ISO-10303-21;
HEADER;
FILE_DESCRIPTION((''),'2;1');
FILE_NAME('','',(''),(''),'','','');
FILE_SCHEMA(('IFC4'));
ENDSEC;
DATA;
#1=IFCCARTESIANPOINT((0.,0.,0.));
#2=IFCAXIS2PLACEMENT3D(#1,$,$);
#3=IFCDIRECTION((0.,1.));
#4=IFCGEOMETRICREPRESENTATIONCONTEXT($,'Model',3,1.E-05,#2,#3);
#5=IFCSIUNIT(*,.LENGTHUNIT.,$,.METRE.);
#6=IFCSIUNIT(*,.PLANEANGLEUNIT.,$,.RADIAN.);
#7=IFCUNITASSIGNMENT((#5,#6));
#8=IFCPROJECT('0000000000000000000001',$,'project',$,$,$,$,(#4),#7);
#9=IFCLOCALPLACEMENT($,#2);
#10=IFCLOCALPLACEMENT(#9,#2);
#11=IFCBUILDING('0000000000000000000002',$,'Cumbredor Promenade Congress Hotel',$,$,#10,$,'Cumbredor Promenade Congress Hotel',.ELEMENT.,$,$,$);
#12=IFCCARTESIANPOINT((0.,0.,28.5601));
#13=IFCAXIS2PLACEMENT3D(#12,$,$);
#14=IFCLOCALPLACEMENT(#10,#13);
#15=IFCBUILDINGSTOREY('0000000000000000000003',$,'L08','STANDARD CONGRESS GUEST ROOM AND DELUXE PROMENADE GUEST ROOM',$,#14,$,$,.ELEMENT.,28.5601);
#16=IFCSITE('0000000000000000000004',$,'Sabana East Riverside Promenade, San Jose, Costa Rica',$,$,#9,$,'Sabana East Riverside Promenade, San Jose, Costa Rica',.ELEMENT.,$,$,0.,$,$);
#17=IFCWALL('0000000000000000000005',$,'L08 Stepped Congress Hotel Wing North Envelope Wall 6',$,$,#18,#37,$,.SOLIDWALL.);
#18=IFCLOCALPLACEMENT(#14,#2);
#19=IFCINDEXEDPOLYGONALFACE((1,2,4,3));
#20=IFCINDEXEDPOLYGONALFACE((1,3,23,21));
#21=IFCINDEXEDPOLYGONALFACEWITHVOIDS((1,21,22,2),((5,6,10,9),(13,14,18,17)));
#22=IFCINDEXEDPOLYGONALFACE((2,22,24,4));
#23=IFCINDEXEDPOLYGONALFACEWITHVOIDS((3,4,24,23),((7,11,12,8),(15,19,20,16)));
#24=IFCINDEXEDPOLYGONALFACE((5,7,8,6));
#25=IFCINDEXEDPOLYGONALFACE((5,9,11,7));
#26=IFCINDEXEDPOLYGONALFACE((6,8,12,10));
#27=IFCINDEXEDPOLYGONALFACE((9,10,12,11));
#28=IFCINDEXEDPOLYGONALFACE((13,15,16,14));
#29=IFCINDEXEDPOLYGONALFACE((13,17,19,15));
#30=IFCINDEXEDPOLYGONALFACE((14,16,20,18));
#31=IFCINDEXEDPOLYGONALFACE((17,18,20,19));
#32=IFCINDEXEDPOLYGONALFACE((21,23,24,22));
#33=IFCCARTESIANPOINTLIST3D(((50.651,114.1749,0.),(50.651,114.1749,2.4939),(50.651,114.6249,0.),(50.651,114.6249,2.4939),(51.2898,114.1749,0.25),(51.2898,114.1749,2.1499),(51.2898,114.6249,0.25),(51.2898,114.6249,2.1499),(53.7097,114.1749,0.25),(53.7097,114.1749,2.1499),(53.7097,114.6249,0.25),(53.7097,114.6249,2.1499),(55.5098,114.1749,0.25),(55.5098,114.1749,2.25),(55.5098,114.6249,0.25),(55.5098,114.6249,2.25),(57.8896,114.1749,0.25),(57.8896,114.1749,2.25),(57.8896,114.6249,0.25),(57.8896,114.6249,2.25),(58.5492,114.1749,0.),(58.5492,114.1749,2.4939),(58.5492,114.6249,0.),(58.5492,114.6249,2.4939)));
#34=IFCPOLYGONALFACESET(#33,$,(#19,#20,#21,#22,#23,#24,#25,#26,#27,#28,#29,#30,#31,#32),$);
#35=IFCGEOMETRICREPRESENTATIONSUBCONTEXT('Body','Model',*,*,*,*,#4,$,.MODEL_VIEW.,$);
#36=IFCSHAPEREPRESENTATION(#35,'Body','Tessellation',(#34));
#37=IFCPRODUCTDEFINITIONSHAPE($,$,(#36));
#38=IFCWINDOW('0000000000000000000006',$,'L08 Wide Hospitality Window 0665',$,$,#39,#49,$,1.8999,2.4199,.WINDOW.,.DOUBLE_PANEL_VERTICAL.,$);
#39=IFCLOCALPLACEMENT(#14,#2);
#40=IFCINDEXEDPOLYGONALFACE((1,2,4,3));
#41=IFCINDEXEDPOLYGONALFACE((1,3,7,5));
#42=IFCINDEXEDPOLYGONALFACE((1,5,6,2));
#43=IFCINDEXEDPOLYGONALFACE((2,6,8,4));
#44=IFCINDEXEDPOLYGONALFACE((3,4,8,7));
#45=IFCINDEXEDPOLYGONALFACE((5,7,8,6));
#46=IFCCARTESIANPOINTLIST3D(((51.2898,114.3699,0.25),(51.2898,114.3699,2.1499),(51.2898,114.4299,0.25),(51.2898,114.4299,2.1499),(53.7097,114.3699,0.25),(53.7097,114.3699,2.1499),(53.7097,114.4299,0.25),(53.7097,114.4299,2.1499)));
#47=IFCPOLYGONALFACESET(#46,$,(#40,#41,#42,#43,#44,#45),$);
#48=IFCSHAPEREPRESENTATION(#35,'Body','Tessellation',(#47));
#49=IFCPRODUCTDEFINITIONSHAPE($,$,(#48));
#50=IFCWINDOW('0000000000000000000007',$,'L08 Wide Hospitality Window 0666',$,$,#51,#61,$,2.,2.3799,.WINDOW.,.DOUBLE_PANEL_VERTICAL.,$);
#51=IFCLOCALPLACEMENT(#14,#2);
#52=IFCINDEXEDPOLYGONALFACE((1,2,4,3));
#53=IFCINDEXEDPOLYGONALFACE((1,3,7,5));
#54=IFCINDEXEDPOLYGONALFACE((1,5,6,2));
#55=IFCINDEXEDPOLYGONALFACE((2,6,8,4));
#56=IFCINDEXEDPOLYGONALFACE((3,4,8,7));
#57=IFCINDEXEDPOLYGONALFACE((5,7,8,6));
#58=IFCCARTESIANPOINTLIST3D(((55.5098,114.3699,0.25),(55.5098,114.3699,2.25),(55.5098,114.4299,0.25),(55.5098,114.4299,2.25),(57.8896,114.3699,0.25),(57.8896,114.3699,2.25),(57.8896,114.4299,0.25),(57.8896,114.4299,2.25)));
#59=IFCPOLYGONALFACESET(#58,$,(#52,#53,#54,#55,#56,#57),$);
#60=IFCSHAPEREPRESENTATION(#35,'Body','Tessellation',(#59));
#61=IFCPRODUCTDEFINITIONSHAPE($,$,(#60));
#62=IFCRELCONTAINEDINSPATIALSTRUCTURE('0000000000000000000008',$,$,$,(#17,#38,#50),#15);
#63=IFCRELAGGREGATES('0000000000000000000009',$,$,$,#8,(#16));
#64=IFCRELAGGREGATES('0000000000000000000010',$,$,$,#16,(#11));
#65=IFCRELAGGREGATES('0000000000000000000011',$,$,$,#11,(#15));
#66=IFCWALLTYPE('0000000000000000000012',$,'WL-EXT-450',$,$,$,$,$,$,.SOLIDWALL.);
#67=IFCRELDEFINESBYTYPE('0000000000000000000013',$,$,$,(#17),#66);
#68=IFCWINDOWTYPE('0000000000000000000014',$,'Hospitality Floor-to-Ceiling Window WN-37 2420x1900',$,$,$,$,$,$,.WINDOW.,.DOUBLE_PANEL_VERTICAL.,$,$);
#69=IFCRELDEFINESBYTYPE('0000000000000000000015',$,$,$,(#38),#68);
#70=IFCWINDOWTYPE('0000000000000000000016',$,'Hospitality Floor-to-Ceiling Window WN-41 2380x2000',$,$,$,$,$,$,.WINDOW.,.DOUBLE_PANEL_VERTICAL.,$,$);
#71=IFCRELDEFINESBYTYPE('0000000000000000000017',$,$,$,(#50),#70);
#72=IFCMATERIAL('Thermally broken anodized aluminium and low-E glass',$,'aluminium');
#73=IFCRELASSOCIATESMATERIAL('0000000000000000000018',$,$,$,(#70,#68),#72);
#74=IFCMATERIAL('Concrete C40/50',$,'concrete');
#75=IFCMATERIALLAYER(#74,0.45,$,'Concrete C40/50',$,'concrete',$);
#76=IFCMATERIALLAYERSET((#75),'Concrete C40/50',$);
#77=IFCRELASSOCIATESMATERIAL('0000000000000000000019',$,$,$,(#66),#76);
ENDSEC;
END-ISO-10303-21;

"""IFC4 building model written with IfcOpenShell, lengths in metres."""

from ifc_helpers import new_model, si_unit, direction, frame, frame_2d, origin, place, context, subcontext, project, spatial, rectangle, extrude, material, layer, layer_set, type_object, element, fill, save


model = new_model("IFC4")

# Units and contexts
model_context = context("Model", 3, precision=1e-05, world=origin(), true_north=direction((0.0, 1.0)))
body_context = subcontext(model_context, "Body", "Model", "MODEL_VIEW")
ifc_project = project(units=[si_unit("LENGTHUNIT", "METRE"), si_unit("PLANEANGLEUNIT", "RADIAN")], contexts=[model_context])

# Site, building, storey
site_placement = place(None, origin())
site = spatial("IfcSite", under=ifc_project, at=site_placement, Name="Sabana East Riverside Promenade, San Jose, Costa Rica", LongName="Sabana East Riverside Promenade, San Jose, Costa Rica", CompositionType="ELEMENT", RefElevation=0.0)
building_placement = place(site_placement, origin())
building = spatial("IfcBuilding", under=site, at=building_placement, Name="Cumbredor Promenade Congress Hotel", LongName="Cumbredor Promenade Congress Hotel", CompositionType="ELEMENT")
storey_placement = place(building_placement, frame((0.0, 0.0, 28.5601)))
storey = spatial("IfcBuildingStorey", under=building, at=storey_placement, Name="L08", Description="STANDARD CONGRESS GUEST ROOM AND DELUXE PROMENADE GUEST ROOM", CompositionType="ELEMENT", Elevation=28.5601)

# Shared definitions
ifc_material_1 = material(Name="Concrete C40/50", Category="concrete")

# Shared definitions
ifc_material_2 = material(Name="Thermally broken anodized aluminium and low-E glass", Category="aluminium")

# Wall, openings, windows
window_type_1 = type_object("IfcWindowType", Name="Hospitality Floor-to-Ceiling Window WN-41 2380x2000", PartitioningType="DOUBLE_PANEL_VERTICAL", PredefinedType="WINDOW", material=ifc_material_2)
ifc_layer_1 = layer(ifc_material_1, 0.45, Name="Concrete C40/50", Category="concrete")
ifc_layer_set_1 = layer_set([ifc_layer_1], Name="Concrete C40/50")
wall_type_1 = type_object("IfcWallType", Name="WL-EXT-450", PredefinedType="SOLIDWALL", material=ifc_layer_set_1)
wall_1_placement = place(storey_placement, frame((50.6509, 114.3999, 0.0), z_axis=(0.0, 0.0, 1.0), x_axis=(1.0, 0.0, 0.0)))
wall_1 = element("IfcWall", 1, at=wall_1_placement, inside=storey, type_object=wall_type_1, Name="L08 Stepped Congress Hotel Wing North Envelope Wall 6", PredefinedType="SOLIDWALL", context=body_context, shape_type="SweptSolid", body=[
    extrude(rectangle(XDim=7.8982, YDim=0.45, at=frame_2d((3.9492, 0.0))), origin(), (0.0, 0.0, 1.0), 2.4939),
])
opening_1_placement = place(wall_1_placement, frame((0.6389, 0.0, 0.25)))
opening_1 = element("IfcOpeningElement", 2, at=opening_1_placement, cuts=wall_1, PredefinedType="OPENING", context=body_context, shape_type="SweptSolid", body=[
    extrude(rectangle(XDim=2.4199, YDim=1.8999, at=frame_2d((1.21, 0.95))), frame((0.0, 0.2349, 0.0), z_axis=(0.0, -1.0, 0.0), x_axis=(1.0, 0.0, 0.0)), (0.0, 0.0, 1.0), 0.47),
])
opening_2_placement = place(wall_1_placement, frame((4.8589, 0.0, 0.25)))
opening_2 = element("IfcOpeningElement", 3, at=opening_2_placement, cuts=wall_1, PredefinedType="OPENING", context=body_context, shape_type="SweptSolid", body=[
    extrude(rectangle(XDim=2.3799, YDim=2.0, at=frame_2d((1.1899, 1.0))), frame((0.0, 0.2349, 0.0), z_axis=(0.0, -1.0, 0.0), x_axis=(1.0, 0.0, 0.0)), (0.0, 0.0, 1.0), 0.47),
])
window_type_2 = type_object("IfcWindowType", Name="Hospitality Floor-to-Ceiling Window WN-37 2420x1900", PartitioningType="DOUBLE_PANEL_VERTICAL", PredefinedType="WINDOW", material=ifc_material_2)
window_1_placement = place(opening_1_placement, origin())
window_1 = element("IfcWindow", 4, at=window_1_placement, inside=storey, type_object=window_type_2, Name="L08 Wide Hospitality Window 0665", OverallHeight=1.8999, OverallWidth=2.4199, PartitioningType="DOUBLE_PANEL_VERTICAL", PredefinedType="WINDOW", context=body_context, shape_type="SweptSolid", body=[
    extrude(rectangle(XDim=2.4199, YDim=1.8999, at=frame_2d((1.21, 0.95))), frame((0.0, 0.03, 0.0), z_axis=(0.0, -1.0, 0.0), x_axis=(1.0, 0.0, 0.0)), (0.0, 0.0, 1.0), 0.0601),
])
fill(opening_1, window_1)
window_2_placement = place(opening_2_placement, origin())
window_2 = element("IfcWindow", 5, at=window_2_placement, inside=storey, type_object=window_type_1, Name="L08 Wide Hospitality Window 0666", OverallHeight=2.0, OverallWidth=2.3799, PartitioningType="DOUBLE_PANEL_VERTICAL", PredefinedType="WINDOW", context=body_context, shape_type="SweptSolid", body=[
    extrude(rectangle(XDim=2.3799, YDim=2.0, at=frame_2d((1.1899, 1.0))), frame((0.0, 0.03, 0.0), z_axis=(0.0, -1.0, 0.0), x_axis=(1.0, 0.0, 0.0)), (0.0, 0.0, 1.0), 0.0601),
])
fill(opening_2, window_2)

save(model, "model.ifc")
